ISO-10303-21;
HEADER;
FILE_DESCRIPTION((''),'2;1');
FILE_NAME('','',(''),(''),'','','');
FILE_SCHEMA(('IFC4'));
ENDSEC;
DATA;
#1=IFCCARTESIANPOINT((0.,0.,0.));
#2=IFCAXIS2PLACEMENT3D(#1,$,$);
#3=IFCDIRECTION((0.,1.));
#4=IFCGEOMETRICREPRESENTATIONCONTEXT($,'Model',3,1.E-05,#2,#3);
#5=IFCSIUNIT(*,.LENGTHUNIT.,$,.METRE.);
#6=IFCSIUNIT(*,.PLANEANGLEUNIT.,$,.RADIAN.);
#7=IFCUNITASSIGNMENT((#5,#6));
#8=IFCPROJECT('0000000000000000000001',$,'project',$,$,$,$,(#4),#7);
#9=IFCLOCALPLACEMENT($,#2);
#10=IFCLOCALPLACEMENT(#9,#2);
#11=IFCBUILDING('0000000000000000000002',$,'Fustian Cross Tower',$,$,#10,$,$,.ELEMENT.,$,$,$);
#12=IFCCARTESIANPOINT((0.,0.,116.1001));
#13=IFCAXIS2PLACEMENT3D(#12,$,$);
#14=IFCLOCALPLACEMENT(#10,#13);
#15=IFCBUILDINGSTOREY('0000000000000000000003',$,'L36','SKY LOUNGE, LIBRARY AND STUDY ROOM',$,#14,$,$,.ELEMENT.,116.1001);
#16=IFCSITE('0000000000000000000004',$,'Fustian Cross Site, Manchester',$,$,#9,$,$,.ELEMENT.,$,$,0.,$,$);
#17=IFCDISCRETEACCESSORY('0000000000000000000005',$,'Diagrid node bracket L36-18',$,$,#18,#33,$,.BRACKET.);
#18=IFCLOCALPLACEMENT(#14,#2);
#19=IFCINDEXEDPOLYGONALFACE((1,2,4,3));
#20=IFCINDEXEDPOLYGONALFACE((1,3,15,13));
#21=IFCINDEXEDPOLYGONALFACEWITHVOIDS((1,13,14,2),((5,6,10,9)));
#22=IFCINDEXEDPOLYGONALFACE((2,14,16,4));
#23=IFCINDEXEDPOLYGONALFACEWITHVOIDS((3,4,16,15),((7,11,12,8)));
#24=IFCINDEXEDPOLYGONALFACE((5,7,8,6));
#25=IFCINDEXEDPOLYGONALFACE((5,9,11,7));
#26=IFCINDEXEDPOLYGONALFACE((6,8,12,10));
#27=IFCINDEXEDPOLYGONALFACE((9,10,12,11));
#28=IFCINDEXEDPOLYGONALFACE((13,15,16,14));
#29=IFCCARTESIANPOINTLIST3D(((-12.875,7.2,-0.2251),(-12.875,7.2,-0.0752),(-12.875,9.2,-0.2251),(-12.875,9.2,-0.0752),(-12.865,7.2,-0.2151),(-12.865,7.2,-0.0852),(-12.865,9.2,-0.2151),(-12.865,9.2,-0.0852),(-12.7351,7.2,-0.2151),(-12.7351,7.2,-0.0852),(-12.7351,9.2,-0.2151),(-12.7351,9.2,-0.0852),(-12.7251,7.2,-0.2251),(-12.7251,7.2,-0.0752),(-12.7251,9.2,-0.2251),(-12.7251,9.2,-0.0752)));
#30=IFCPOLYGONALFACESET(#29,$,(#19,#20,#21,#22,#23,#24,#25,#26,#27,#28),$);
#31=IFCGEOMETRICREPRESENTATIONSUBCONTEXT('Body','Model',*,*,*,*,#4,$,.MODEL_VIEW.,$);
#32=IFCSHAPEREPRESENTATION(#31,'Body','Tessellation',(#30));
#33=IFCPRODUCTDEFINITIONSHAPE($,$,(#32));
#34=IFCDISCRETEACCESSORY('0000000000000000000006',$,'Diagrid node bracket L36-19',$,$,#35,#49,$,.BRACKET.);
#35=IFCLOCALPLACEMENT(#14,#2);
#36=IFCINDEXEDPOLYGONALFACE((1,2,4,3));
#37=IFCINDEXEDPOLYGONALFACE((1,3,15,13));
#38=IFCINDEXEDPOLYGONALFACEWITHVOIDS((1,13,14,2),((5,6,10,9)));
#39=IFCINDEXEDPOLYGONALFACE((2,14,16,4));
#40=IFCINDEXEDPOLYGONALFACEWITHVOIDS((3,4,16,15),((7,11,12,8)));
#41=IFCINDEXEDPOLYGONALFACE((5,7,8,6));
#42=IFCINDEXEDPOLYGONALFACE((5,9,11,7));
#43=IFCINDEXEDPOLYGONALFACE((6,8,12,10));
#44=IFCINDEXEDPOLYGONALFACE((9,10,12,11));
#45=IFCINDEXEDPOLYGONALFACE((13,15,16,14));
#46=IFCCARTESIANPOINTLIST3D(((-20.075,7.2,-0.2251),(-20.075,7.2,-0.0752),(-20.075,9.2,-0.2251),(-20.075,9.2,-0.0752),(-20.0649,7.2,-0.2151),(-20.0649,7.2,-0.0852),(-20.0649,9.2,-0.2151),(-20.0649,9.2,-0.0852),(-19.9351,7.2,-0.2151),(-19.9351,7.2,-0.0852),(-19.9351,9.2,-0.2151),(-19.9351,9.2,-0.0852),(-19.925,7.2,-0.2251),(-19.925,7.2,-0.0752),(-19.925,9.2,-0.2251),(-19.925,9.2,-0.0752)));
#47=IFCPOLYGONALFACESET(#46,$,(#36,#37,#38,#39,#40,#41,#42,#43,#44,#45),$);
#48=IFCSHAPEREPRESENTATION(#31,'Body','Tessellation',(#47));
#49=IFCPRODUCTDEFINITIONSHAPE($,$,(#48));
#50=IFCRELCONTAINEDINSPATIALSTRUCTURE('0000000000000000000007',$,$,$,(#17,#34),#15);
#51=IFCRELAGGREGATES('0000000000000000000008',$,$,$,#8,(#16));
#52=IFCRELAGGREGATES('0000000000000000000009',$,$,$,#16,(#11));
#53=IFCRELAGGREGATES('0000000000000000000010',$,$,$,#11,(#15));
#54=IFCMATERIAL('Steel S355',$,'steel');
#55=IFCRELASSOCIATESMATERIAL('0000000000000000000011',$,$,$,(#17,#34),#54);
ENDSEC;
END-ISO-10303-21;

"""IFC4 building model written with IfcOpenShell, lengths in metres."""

from ifc_helpers import new_model, si_unit, direction, frame, origin, origin_2d, place, context, subcontext, project, spatial, hollow_rectangle, extrude, material, element, save


model = new_model("IFC4")

# Units and contexts
model_context = context("Model", 3, precision=1e-05, world=origin(), true_north=direction((0.0, 1.0)))
body_context = subcontext(model_context, "Body", "Model", "MODEL_VIEW")
ifc_project = project(units=[si_unit("LENGTHUNIT", "METRE"), si_unit("PLANEANGLEUNIT", "RADIAN")], contexts=[model_context])

# Site, building, storey
site_placement = place(None, origin())
site = spatial("IfcSite", under=ifc_project, at=site_placement, Name="Fustian Cross Site, Manchester", CompositionType="ELEMENT", RefElevation=0.0)
building_placement = place(site_placement, origin())
building = spatial("IfcBuilding", under=site, at=building_placement, Name="Fustian Cross Tower", CompositionType="ELEMENT")
storey_placement = place(building_placement, frame((0.0, 0.0, 116.1001)))
storey = spatial("IfcBuildingStorey", under=building, at=storey_placement, Name="L36", Description="SKY LOUNGE, LIBRARY AND STUDY ROOM", CompositionType="ELEMENT", Elevation=116.1001)

# Discrete accessories
ifc_material_1 = material(Name="Steel S355", Category="steel")
for number, where, z_axis, x_axis, name in (
    (1, (-12.8, 9.2, -0.1501), (0.0, -1.0, 0.0), (1.0, 0.0, 0.0), "Diagrid node bracket L36-18"),
    (2, (-20.0, 9.2, -0.1501), (0.0, -1.0, 0.0), (1.0, 0.0, 0.0), "Diagrid node bracket L36-19"),
):
    element("IfcDiscreteAccessory", number, at=place(storey_placement, frame(where, z_axis=z_axis, x_axis=x_axis)), inside=storey, material=ifc_material_1, Name=name, PredefinedType="BRACKET", context=body_context, shape_type="SweptSolid", body=[
        extrude(hollow_rectangle(XDim=0.1499, YDim=0.1499, WallThickness=0.01, at=origin_2d()), origin(), (0.0, 0.0, 1.0), 2.0),
    ])

save(model, "model.ifc")
